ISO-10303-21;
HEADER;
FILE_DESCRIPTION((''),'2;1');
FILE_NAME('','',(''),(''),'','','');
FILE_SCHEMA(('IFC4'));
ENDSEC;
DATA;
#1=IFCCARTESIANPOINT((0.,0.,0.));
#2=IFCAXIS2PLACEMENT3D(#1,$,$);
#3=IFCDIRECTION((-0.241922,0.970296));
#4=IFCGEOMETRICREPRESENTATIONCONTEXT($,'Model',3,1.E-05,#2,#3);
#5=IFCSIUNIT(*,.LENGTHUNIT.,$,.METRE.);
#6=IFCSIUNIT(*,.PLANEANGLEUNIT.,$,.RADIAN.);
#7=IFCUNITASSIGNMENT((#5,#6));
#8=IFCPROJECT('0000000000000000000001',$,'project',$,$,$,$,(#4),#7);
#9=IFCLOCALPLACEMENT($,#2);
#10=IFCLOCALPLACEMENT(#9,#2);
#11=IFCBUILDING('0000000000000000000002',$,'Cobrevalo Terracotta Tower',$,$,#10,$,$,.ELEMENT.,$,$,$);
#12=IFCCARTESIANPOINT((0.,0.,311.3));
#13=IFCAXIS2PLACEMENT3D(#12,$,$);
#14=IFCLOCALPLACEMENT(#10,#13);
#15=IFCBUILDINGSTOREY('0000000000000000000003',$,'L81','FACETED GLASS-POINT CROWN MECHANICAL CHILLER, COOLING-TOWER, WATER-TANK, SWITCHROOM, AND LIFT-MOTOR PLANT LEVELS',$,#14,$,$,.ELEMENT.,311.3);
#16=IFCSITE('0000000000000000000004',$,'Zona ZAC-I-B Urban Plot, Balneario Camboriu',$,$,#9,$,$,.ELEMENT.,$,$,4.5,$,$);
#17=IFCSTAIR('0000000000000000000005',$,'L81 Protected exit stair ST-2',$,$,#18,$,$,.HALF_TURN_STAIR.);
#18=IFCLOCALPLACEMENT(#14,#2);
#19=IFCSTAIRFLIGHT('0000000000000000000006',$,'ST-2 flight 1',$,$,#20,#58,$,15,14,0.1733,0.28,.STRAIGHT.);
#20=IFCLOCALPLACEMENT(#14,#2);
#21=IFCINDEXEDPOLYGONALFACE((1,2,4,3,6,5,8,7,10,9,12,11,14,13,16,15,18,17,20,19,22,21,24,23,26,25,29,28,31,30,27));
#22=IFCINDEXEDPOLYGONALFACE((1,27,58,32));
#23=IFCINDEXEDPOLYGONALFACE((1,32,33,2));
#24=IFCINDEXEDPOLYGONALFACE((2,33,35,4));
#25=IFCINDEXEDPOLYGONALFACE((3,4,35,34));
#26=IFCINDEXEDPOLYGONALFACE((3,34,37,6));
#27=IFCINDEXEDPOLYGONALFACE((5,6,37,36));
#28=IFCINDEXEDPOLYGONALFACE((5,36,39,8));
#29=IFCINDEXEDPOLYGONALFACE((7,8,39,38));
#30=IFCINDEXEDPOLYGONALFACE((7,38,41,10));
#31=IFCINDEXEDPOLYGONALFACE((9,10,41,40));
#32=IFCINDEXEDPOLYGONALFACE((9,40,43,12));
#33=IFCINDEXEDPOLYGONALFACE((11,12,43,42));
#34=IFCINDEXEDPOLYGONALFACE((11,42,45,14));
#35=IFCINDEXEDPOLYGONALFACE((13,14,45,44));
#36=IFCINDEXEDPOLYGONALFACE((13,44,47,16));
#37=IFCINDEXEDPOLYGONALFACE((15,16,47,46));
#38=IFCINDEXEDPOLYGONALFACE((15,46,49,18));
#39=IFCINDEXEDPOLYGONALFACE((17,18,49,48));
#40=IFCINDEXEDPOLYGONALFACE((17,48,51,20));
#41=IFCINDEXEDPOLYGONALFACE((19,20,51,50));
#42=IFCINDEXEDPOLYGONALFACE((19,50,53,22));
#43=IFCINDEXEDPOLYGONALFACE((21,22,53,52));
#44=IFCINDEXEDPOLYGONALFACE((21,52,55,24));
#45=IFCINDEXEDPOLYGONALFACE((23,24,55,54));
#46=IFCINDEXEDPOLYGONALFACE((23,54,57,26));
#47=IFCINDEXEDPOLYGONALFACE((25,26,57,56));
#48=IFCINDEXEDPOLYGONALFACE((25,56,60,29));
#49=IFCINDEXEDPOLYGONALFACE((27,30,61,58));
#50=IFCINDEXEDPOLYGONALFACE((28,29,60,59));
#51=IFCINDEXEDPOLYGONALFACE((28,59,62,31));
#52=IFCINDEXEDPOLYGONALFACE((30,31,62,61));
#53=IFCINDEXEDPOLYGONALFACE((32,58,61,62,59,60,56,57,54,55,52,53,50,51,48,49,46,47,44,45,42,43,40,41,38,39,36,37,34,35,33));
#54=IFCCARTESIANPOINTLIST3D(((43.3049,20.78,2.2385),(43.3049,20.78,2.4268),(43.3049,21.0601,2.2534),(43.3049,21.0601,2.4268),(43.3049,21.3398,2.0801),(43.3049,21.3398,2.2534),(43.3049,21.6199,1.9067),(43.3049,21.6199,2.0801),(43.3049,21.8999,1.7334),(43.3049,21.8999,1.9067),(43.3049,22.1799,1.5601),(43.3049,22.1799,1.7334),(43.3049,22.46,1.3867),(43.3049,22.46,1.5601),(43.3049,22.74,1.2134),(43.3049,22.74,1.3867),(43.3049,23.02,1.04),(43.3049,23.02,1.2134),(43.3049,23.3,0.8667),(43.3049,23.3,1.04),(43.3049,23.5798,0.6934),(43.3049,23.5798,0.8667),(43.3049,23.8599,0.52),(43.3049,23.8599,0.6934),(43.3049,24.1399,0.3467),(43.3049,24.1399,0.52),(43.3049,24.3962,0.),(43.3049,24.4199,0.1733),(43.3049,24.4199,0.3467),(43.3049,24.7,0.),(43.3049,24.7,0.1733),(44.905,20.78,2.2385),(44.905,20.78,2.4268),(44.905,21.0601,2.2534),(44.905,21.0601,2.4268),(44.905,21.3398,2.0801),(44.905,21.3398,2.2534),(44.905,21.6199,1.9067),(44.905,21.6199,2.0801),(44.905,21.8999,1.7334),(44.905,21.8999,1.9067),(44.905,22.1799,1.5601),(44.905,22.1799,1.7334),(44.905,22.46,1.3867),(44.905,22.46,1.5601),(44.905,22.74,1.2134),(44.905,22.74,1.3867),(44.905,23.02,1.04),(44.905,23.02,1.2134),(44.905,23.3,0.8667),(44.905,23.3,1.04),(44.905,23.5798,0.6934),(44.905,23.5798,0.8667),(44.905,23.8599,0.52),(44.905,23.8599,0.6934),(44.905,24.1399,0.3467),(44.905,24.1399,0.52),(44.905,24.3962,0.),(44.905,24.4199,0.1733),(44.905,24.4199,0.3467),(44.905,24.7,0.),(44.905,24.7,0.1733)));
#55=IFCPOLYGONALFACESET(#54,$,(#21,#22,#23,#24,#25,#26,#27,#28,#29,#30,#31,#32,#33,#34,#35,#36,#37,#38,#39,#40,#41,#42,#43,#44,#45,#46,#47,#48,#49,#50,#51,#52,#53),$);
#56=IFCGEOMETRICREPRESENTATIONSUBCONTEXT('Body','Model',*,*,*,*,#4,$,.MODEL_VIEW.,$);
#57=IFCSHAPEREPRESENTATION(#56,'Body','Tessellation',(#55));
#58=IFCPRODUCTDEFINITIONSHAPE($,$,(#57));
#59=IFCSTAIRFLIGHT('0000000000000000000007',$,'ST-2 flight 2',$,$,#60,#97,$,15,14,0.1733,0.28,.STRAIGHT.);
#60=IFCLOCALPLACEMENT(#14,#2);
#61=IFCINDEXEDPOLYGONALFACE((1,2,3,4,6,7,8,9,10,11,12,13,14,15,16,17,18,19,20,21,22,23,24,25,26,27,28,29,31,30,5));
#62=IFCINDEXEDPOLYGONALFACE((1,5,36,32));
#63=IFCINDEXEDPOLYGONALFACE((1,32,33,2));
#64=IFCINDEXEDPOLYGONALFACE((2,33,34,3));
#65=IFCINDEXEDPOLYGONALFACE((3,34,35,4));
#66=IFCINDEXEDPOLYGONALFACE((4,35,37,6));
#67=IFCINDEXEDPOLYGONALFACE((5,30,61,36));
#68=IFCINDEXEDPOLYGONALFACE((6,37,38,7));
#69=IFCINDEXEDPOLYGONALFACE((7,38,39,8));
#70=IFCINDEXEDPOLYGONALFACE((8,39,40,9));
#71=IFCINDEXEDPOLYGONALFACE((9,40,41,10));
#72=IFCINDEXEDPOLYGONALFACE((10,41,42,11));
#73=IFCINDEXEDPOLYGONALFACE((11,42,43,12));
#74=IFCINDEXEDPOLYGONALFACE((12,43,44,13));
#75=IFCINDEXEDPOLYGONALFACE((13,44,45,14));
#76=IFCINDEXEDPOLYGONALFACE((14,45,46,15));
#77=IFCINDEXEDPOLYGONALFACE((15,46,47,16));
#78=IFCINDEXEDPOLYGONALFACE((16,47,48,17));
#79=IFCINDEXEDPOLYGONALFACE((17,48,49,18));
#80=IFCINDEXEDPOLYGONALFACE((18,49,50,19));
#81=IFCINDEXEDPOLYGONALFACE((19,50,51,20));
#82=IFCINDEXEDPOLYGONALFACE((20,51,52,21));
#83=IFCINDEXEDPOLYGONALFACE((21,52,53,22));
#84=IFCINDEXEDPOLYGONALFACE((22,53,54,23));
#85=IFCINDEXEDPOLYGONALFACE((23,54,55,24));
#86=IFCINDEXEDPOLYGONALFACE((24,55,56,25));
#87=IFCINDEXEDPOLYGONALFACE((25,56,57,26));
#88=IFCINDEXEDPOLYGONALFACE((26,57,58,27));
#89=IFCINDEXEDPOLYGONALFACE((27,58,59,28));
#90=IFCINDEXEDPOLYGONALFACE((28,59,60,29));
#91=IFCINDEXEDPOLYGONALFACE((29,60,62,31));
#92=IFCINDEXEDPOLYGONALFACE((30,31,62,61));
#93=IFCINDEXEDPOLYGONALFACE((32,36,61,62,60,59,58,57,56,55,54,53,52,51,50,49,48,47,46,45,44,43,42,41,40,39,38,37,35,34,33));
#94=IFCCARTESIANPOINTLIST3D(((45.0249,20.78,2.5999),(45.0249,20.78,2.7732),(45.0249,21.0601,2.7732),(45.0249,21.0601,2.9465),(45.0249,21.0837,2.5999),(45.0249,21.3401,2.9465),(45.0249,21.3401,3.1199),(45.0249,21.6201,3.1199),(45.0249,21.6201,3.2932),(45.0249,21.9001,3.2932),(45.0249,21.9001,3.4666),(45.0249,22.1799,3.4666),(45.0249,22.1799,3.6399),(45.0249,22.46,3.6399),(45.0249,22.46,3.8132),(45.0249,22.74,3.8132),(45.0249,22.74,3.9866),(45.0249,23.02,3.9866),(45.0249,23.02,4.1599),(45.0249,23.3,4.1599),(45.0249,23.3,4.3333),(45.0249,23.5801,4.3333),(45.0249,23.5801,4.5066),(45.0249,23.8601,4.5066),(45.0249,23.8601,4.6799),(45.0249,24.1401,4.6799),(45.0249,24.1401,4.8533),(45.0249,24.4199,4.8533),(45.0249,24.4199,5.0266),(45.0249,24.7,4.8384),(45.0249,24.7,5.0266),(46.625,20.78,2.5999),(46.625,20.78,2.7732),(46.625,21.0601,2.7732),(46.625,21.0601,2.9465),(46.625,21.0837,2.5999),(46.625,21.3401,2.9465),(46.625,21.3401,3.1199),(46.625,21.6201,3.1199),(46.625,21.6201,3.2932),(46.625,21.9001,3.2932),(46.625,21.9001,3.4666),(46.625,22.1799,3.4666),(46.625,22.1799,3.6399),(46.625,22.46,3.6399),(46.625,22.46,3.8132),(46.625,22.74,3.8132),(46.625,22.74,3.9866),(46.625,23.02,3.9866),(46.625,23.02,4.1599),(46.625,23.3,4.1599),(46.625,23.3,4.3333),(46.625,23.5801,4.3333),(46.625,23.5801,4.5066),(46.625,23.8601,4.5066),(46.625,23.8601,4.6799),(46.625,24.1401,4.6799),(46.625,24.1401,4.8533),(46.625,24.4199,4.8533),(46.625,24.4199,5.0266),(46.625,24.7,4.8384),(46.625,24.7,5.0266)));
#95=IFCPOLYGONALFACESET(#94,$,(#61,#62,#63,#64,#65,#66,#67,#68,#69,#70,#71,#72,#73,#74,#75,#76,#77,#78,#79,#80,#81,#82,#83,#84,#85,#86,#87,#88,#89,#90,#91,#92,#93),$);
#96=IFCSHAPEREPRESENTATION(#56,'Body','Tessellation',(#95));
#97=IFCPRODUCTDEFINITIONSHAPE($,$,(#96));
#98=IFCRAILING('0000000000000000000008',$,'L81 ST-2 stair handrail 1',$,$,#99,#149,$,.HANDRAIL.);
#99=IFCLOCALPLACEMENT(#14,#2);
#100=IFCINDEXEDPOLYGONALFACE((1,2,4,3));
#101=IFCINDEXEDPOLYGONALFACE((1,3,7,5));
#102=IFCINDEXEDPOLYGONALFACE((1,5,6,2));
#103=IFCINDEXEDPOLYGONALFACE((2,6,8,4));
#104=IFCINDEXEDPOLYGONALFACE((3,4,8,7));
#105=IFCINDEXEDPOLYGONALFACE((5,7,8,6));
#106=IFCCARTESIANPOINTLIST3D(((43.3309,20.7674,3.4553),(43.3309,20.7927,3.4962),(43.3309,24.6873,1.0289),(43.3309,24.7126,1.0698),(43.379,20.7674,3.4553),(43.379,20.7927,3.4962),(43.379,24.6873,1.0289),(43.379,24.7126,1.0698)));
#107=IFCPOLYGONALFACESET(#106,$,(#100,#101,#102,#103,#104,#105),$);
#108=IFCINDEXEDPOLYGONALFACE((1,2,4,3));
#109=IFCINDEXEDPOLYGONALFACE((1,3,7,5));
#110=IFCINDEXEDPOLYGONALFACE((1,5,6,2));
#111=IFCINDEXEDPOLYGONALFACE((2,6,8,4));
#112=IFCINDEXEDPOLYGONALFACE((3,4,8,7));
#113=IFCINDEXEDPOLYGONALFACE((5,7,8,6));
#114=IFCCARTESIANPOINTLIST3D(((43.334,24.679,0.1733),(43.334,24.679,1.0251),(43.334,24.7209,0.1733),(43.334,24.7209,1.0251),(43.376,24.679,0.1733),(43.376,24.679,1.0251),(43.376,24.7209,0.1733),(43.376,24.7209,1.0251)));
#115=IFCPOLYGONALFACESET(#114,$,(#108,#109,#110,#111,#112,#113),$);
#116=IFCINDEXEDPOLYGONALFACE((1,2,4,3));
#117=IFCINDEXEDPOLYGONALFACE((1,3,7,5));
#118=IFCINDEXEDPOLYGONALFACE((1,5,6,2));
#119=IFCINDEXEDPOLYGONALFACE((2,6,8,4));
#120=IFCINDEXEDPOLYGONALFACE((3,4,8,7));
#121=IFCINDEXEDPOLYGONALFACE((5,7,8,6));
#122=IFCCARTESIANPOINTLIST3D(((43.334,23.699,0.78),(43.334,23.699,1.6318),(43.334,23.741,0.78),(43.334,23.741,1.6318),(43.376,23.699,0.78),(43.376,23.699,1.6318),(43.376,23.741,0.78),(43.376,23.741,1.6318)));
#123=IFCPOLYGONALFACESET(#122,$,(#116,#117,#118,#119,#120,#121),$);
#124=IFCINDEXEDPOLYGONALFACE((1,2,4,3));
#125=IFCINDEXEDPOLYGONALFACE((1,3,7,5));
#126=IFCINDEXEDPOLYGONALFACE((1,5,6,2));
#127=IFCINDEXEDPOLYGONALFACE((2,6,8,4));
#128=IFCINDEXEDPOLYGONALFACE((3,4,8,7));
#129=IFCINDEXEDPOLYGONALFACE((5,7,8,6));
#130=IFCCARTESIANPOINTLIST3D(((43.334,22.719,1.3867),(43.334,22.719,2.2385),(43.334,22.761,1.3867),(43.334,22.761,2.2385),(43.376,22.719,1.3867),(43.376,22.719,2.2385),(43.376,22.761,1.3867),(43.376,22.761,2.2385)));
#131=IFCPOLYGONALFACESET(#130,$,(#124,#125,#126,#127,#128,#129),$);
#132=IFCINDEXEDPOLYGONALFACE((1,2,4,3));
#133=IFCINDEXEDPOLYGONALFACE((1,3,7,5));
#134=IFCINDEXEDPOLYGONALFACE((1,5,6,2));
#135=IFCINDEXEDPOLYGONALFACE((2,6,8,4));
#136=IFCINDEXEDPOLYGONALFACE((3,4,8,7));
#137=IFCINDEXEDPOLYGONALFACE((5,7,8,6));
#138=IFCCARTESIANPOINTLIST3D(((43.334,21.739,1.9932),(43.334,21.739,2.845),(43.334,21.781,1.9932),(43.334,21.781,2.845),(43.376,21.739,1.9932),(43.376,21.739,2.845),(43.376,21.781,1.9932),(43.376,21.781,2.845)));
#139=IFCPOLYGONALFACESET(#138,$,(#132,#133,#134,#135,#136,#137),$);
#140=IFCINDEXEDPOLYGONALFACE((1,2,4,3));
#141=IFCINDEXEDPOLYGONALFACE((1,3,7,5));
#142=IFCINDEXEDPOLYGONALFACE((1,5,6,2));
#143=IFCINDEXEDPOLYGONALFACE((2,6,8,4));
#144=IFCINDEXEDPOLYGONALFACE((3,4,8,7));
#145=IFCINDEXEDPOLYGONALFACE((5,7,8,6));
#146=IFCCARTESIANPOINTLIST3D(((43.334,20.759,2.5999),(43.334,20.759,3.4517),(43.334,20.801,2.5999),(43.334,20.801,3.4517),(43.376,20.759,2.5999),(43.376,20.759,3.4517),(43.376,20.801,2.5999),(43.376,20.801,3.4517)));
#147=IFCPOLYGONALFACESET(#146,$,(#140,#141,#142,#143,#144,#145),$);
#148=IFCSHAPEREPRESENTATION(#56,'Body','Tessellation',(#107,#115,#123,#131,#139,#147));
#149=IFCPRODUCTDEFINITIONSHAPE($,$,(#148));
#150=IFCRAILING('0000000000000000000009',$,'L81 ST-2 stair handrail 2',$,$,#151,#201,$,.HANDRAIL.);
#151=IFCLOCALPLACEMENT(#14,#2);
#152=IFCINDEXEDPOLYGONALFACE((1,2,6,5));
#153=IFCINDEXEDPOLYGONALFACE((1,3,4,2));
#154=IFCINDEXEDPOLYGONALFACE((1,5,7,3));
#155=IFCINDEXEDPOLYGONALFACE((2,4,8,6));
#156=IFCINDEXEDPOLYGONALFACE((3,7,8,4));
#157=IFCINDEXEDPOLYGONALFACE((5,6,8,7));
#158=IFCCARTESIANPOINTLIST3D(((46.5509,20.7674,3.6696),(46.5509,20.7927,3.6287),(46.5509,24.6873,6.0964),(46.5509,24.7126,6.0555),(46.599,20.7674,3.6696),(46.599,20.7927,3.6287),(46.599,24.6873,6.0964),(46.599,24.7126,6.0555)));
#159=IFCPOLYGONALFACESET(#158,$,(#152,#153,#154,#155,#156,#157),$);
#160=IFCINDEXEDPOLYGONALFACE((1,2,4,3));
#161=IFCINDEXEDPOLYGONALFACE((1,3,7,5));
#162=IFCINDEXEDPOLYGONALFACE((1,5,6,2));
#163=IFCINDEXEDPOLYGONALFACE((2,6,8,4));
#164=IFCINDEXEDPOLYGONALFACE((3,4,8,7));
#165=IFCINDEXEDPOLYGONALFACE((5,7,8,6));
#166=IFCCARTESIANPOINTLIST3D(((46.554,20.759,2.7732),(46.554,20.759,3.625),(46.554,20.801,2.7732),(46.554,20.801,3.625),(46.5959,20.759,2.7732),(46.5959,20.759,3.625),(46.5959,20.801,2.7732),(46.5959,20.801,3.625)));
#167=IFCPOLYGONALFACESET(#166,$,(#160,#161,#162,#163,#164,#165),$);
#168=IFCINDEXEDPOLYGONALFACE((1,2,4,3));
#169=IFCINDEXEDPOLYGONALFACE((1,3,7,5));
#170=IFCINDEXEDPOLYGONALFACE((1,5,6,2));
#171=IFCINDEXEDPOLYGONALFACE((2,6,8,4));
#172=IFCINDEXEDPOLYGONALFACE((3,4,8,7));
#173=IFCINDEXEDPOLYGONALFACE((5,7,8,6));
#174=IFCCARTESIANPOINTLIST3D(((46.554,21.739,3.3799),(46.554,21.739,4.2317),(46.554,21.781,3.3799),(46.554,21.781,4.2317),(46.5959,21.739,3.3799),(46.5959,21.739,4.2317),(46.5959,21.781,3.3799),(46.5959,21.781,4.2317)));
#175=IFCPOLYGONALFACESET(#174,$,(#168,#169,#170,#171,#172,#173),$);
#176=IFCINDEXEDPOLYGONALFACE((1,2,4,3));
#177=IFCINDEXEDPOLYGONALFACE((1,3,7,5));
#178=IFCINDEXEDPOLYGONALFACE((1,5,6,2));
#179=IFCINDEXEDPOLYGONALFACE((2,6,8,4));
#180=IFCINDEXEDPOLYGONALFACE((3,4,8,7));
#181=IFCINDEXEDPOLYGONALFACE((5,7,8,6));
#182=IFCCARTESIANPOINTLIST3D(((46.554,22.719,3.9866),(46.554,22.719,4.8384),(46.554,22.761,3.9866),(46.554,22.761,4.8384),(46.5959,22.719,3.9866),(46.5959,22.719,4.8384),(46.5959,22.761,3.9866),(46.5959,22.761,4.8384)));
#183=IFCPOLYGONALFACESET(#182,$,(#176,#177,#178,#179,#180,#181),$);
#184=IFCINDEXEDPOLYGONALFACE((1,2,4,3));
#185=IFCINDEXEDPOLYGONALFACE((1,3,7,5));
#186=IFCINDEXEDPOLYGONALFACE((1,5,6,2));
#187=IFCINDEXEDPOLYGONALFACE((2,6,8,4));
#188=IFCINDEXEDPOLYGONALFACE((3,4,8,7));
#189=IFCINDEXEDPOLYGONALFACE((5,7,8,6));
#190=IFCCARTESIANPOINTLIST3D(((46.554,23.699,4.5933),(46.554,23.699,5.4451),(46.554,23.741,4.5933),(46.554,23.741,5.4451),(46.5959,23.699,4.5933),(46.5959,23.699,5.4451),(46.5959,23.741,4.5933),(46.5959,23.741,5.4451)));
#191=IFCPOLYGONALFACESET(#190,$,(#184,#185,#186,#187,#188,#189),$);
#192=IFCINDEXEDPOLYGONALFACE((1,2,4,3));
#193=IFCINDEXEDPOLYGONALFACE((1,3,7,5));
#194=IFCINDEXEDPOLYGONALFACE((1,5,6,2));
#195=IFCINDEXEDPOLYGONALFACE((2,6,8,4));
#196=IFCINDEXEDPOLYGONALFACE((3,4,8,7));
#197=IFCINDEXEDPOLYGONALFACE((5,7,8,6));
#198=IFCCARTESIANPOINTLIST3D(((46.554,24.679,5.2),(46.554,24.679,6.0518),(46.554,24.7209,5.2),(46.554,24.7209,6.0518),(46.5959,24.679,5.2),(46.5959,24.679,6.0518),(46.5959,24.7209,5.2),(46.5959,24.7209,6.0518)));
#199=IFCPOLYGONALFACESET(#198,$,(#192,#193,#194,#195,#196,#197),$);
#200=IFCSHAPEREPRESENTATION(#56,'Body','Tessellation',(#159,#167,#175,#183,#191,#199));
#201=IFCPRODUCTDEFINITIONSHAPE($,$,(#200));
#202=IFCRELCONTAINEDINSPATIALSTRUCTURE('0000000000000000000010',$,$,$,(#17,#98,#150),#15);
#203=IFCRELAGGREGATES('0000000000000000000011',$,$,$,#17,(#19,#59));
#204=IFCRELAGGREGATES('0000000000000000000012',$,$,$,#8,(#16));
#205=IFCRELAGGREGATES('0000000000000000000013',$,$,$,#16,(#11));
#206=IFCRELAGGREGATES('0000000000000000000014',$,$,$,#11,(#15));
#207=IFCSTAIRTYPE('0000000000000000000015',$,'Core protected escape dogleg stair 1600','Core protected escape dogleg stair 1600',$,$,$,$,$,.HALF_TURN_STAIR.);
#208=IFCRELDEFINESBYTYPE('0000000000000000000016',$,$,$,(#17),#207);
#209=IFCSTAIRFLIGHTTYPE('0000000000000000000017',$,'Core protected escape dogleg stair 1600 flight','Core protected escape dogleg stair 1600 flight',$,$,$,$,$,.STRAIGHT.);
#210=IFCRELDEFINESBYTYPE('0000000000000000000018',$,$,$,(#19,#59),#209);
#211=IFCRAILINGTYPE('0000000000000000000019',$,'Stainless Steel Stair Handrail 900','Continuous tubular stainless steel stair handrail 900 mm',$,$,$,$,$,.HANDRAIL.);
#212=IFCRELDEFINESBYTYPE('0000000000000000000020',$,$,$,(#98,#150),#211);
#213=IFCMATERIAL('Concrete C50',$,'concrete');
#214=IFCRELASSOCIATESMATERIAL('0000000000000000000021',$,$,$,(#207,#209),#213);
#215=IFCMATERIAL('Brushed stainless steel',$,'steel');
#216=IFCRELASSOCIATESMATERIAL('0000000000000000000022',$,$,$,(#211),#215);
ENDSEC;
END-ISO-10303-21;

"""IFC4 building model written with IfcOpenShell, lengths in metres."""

from ifc_helpers import new_model, si_unit, direction, frame, origin, origin_2d, place, context, subcontext, project, spatial, polyline, rectangle, outline, extrude, material, type_object, element, aggregate, save


model = new_model("IFC4")

# Units and contexts
model_context = context("Model", 3, precision=1e-05, world=origin(), true_north=direction((-0.241922, 0.970296)))
body_context = subcontext(model_context, "Body", "Model", "MODEL_VIEW")
ifc_project = project(units=[si_unit("LENGTHUNIT", "METRE"), si_unit("PLANEANGLEUNIT", "RADIAN")], contexts=[model_context])

# Site, building, storey
site_placement = place(None, origin())
site = spatial("IfcSite", under=ifc_project, at=site_placement, Name="Zona ZAC-I-B Urban Plot, Balneario Camboriu", CompositionType="ELEMENT", RefElevation=4.5)
building_placement = place(site_placement, origin())
building = spatial("IfcBuilding", under=site, at=building_placement, Name="Cobrevalo Terracotta Tower", CompositionType="ELEMENT")
storey_placement = place(building_placement, frame((0.0, 0.0, 311.3)))
storey = spatial("IfcBuildingStorey", under=building, at=storey_placement, Name="L81", Description="FACETED GLASS-POINT CROWN MECHANICAL CHILLER, COOLING-TOWER, WATER-TANK, SWITCHROOM, AND LIFT-MOTOR PLANT LEVELS", CompositionType="ELEMENT", Elevation=311.3)

# Shared definitions
ifc_material_1 = material(Name="Concrete C50", Category="concrete")

# Stair, stair flights
stair_type = type_object("IfcStairType", Name="Core protected escape dogleg stair 1600", Description="Core protected escape dogleg stair 1600", PredefinedType="HALF_TURN_STAIR", material=ifc_material_1)
stair_placement = place(storey_placement, origin())
stair = element("IfcStair", 1, at=stair_placement, inside=storey, type_object=stair_type, Name="L81 Protected exit stair ST-2", PredefinedType="HALF_TURN_STAIR")
stair_flight_type = type_object("IfcStairFlightType", Name="Core protected escape dogleg stair 1600 flight", Description="Core protected escape dogleg stair 1600 flight", PredefinedType="STRAIGHT", material=ifc_material_1)
stair_flight_1_placement = place(storey_placement, frame((44.105, 24.7, 0.0), z_axis=(0.0, 0.0, 1.0), x_axis=(0.0, -1.0, 0.0)))
stair_flight_1 = element("IfcStairFlight", 2, at=stair_flight_1_placement, type_object=stair_flight_type, Name="ST-2 flight 1", NumberOfRisers=15, NumberOfTreads=14, PredefinedType="STRAIGHT", RiserHeight=0.1733, TreadLength=0.28, context=body_context, shape_type="SweptSolid", body=[
    extrude(outline(polyline([(0.0, 0.0), (0.0, 0.1733), (0.28, 0.1733), (0.28, 0.3467), (0.5601, 0.3467), (0.5601, 0.52), (0.8401, 0.52), (0.8401, 0.6934), (1.1201, 0.6934), (1.1201, 0.8667), (1.3999, 0.8667), (1.3999, 1.04), (1.6799, 1.04), (1.6799, 1.2134), (1.96, 1.2134), (1.96, 1.3867), (2.24, 1.3867), (2.24, 1.5601), (2.52, 1.5601), (2.52, 1.7334), (2.8, 1.7334), (2.8, 1.9067), (3.0801, 1.9067), (3.0801, 2.0801), (3.3601, 2.0801), (3.3601, 2.2534), (3.6399, 2.2534), (3.6399, 2.4268), (3.9199, 2.4268), (3.9199, 2.6001), (3.9199, 2.2385), (0.3037, 0.0), (0.0, 0.0)])), frame((0.0, 0.8, 0.0), z_axis=(0.0, -1.0, 0.0), x_axis=(1.0, 0.0, 0.0)), (0.0, 0.0, 1.0), 1.6001),
])
stair_flight_2_placement = place(storey_placement, frame((45.825, 20.78, 2.5999), z_axis=(0.0, 0.0, 1.0), x_axis=(0.0, 1.0, 0.0)))
stair_flight_2 = element("IfcStairFlight", 3, at=stair_flight_2_placement, type_object=stair_flight_type, Name="ST-2 flight 2", NumberOfRisers=15, NumberOfTreads=14, PredefinedType="STRAIGHT", RiserHeight=0.1733, TreadLength=0.28, context=body_context, shape_type="SweptSolid", body=[
    extrude(outline(polyline([(0.0, 0.0), (0.0, 0.1733), (0.28, 0.1733), (0.28, 0.3467), (0.5601, 0.3467), (0.5601, 0.52), (0.8401, 0.52), (0.8401, 0.6934), (1.1201, 0.6934), (1.1201, 0.8667), (1.3999, 0.8667), (1.3999, 1.04), (1.6799, 1.04), (1.6799, 1.2134), (1.96, 1.2134), (1.96, 1.3867), (2.24, 1.3867), (2.24, 1.5601), (2.52, 1.5601), (2.52, 1.7334), (2.8, 1.7334), (2.8, 1.9067), (3.0801, 1.9067), (3.0801, 2.0801), (3.3601, 2.0801), (3.3601, 2.2534), (3.6399, 2.2534), (3.6399, 2.4268), (3.9199, 2.4268), (3.9199, 2.6001), (3.9199, 2.2385), (0.3037, 0.0), (0.0, 0.0)])), frame((0.0, 0.8, 0.0), z_axis=(0.0, -1.0, 0.0), x_axis=(1.0, 0.0, 0.0)), (0.0, 0.0, 1.0), 1.6001),
])
aggregate(stair, [stair_flight_1, stair_flight_2])

# Railings
ifc_material_2 = material(Name="Brushed stainless steel", Category="steel")
railing_type_1 = type_object("IfcRailingType", Name="Stainless Steel Stair Handrail 900", Description="Continuous tubular stainless steel stair handrail 900 mm", PredefinedType="HANDRAIL", material=ifc_material_2)
railing_1_placement = place(storey_placement, frame((43.355, 24.7, 0.1733)))
element("IfcRailing", 4, at=railing_1_placement, inside=storey, type_object=railing_type_1, Name="L81 ST-2 stair handrail 1", PredefinedType="HANDRAIL", context=body_context, shape_type="SweptSolid", body=[
    extrude(rectangle(XDim=0.0481, YDim=0.0481, at=origin_2d()), frame((0.0, 0.0, 0.876), z_axis=(0.0, -0.850275, 0.526338), x_axis=(1.0, 0.0, 0.0)), (0.0, 0.0, 1.0), 4.6101),
    extrude(rectangle(XDim=0.042, YDim=0.042, at=origin_2d()), origin(), (0.0, 0.0, 1.0), 0.8518),
    extrude(rectangle(XDim=0.042, YDim=0.042, at=origin_2d()), frame((0.0, -0.98, 0.6067)), (0.0, 0.0, 1.0), 0.8518),
    extrude(rectangle(XDim=0.042, YDim=0.042, at=origin_2d()), frame((0.0, -1.96, 1.2134)), (0.0, 0.0, 1.0), 0.8518),
    extrude(rectangle(XDim=0.042, YDim=0.042, at=origin_2d()), frame((0.0, -2.9399, 1.8198)), (0.0, 0.0, 1.0), 0.8518),
    extrude(rectangle(XDim=0.042, YDim=0.042, at=origin_2d()), frame((0.0, -3.9199, 2.4265)), (0.0, 0.0, 1.0), 0.8518),
])
railing_2_placement = place(storey_placement, frame((46.575, 20.78, 2.7732)))
element("IfcRailing", 5, at=railing_2_placement, inside=storey, type_object=railing_type_1, Name="L81 ST-2 stair handrail 2", PredefinedType="HANDRAIL", context=body_context, shape_type="SweptSolid", body=[
    extrude(rectangle(XDim=0.0481, YDim=0.0481, at=origin_2d()), frame((0.0, 0.0, 0.876), z_axis=(0.0, 0.850252, 0.526376), x_axis=(-1.0, 0.0, 0.0)), (0.0, 0.0, 1.0), 4.6104),
    extrude(rectangle(XDim=0.042, YDim=0.042, at=origin_2d()), origin(), (0.0, 0.0, 1.0), 0.8518),
    extrude(rectangle(XDim=0.042, YDim=0.042, at=origin_2d()), frame((0.0, 0.98, 0.6067)), (0.0, 0.0, 1.0), 0.8518),
    extrude(rectangle(XDim=0.042, YDim=0.042, at=origin_2d()), frame((0.0, 1.96, 1.2134)), (0.0, 0.0, 1.0), 0.8518),
    extrude(rectangle(XDim=0.042, YDim=0.042, at=origin_2d()), frame((0.0, 2.9399, 1.8201)), (0.0, 0.0, 1.0), 0.8518),
    extrude(rectangle(XDim=0.042, YDim=0.042, at=origin_2d()), frame((0.0, 3.9199, 2.4268)), (0.0, 0.0, 1.0), 0.8518),
])

save(model, "model.ifc")
